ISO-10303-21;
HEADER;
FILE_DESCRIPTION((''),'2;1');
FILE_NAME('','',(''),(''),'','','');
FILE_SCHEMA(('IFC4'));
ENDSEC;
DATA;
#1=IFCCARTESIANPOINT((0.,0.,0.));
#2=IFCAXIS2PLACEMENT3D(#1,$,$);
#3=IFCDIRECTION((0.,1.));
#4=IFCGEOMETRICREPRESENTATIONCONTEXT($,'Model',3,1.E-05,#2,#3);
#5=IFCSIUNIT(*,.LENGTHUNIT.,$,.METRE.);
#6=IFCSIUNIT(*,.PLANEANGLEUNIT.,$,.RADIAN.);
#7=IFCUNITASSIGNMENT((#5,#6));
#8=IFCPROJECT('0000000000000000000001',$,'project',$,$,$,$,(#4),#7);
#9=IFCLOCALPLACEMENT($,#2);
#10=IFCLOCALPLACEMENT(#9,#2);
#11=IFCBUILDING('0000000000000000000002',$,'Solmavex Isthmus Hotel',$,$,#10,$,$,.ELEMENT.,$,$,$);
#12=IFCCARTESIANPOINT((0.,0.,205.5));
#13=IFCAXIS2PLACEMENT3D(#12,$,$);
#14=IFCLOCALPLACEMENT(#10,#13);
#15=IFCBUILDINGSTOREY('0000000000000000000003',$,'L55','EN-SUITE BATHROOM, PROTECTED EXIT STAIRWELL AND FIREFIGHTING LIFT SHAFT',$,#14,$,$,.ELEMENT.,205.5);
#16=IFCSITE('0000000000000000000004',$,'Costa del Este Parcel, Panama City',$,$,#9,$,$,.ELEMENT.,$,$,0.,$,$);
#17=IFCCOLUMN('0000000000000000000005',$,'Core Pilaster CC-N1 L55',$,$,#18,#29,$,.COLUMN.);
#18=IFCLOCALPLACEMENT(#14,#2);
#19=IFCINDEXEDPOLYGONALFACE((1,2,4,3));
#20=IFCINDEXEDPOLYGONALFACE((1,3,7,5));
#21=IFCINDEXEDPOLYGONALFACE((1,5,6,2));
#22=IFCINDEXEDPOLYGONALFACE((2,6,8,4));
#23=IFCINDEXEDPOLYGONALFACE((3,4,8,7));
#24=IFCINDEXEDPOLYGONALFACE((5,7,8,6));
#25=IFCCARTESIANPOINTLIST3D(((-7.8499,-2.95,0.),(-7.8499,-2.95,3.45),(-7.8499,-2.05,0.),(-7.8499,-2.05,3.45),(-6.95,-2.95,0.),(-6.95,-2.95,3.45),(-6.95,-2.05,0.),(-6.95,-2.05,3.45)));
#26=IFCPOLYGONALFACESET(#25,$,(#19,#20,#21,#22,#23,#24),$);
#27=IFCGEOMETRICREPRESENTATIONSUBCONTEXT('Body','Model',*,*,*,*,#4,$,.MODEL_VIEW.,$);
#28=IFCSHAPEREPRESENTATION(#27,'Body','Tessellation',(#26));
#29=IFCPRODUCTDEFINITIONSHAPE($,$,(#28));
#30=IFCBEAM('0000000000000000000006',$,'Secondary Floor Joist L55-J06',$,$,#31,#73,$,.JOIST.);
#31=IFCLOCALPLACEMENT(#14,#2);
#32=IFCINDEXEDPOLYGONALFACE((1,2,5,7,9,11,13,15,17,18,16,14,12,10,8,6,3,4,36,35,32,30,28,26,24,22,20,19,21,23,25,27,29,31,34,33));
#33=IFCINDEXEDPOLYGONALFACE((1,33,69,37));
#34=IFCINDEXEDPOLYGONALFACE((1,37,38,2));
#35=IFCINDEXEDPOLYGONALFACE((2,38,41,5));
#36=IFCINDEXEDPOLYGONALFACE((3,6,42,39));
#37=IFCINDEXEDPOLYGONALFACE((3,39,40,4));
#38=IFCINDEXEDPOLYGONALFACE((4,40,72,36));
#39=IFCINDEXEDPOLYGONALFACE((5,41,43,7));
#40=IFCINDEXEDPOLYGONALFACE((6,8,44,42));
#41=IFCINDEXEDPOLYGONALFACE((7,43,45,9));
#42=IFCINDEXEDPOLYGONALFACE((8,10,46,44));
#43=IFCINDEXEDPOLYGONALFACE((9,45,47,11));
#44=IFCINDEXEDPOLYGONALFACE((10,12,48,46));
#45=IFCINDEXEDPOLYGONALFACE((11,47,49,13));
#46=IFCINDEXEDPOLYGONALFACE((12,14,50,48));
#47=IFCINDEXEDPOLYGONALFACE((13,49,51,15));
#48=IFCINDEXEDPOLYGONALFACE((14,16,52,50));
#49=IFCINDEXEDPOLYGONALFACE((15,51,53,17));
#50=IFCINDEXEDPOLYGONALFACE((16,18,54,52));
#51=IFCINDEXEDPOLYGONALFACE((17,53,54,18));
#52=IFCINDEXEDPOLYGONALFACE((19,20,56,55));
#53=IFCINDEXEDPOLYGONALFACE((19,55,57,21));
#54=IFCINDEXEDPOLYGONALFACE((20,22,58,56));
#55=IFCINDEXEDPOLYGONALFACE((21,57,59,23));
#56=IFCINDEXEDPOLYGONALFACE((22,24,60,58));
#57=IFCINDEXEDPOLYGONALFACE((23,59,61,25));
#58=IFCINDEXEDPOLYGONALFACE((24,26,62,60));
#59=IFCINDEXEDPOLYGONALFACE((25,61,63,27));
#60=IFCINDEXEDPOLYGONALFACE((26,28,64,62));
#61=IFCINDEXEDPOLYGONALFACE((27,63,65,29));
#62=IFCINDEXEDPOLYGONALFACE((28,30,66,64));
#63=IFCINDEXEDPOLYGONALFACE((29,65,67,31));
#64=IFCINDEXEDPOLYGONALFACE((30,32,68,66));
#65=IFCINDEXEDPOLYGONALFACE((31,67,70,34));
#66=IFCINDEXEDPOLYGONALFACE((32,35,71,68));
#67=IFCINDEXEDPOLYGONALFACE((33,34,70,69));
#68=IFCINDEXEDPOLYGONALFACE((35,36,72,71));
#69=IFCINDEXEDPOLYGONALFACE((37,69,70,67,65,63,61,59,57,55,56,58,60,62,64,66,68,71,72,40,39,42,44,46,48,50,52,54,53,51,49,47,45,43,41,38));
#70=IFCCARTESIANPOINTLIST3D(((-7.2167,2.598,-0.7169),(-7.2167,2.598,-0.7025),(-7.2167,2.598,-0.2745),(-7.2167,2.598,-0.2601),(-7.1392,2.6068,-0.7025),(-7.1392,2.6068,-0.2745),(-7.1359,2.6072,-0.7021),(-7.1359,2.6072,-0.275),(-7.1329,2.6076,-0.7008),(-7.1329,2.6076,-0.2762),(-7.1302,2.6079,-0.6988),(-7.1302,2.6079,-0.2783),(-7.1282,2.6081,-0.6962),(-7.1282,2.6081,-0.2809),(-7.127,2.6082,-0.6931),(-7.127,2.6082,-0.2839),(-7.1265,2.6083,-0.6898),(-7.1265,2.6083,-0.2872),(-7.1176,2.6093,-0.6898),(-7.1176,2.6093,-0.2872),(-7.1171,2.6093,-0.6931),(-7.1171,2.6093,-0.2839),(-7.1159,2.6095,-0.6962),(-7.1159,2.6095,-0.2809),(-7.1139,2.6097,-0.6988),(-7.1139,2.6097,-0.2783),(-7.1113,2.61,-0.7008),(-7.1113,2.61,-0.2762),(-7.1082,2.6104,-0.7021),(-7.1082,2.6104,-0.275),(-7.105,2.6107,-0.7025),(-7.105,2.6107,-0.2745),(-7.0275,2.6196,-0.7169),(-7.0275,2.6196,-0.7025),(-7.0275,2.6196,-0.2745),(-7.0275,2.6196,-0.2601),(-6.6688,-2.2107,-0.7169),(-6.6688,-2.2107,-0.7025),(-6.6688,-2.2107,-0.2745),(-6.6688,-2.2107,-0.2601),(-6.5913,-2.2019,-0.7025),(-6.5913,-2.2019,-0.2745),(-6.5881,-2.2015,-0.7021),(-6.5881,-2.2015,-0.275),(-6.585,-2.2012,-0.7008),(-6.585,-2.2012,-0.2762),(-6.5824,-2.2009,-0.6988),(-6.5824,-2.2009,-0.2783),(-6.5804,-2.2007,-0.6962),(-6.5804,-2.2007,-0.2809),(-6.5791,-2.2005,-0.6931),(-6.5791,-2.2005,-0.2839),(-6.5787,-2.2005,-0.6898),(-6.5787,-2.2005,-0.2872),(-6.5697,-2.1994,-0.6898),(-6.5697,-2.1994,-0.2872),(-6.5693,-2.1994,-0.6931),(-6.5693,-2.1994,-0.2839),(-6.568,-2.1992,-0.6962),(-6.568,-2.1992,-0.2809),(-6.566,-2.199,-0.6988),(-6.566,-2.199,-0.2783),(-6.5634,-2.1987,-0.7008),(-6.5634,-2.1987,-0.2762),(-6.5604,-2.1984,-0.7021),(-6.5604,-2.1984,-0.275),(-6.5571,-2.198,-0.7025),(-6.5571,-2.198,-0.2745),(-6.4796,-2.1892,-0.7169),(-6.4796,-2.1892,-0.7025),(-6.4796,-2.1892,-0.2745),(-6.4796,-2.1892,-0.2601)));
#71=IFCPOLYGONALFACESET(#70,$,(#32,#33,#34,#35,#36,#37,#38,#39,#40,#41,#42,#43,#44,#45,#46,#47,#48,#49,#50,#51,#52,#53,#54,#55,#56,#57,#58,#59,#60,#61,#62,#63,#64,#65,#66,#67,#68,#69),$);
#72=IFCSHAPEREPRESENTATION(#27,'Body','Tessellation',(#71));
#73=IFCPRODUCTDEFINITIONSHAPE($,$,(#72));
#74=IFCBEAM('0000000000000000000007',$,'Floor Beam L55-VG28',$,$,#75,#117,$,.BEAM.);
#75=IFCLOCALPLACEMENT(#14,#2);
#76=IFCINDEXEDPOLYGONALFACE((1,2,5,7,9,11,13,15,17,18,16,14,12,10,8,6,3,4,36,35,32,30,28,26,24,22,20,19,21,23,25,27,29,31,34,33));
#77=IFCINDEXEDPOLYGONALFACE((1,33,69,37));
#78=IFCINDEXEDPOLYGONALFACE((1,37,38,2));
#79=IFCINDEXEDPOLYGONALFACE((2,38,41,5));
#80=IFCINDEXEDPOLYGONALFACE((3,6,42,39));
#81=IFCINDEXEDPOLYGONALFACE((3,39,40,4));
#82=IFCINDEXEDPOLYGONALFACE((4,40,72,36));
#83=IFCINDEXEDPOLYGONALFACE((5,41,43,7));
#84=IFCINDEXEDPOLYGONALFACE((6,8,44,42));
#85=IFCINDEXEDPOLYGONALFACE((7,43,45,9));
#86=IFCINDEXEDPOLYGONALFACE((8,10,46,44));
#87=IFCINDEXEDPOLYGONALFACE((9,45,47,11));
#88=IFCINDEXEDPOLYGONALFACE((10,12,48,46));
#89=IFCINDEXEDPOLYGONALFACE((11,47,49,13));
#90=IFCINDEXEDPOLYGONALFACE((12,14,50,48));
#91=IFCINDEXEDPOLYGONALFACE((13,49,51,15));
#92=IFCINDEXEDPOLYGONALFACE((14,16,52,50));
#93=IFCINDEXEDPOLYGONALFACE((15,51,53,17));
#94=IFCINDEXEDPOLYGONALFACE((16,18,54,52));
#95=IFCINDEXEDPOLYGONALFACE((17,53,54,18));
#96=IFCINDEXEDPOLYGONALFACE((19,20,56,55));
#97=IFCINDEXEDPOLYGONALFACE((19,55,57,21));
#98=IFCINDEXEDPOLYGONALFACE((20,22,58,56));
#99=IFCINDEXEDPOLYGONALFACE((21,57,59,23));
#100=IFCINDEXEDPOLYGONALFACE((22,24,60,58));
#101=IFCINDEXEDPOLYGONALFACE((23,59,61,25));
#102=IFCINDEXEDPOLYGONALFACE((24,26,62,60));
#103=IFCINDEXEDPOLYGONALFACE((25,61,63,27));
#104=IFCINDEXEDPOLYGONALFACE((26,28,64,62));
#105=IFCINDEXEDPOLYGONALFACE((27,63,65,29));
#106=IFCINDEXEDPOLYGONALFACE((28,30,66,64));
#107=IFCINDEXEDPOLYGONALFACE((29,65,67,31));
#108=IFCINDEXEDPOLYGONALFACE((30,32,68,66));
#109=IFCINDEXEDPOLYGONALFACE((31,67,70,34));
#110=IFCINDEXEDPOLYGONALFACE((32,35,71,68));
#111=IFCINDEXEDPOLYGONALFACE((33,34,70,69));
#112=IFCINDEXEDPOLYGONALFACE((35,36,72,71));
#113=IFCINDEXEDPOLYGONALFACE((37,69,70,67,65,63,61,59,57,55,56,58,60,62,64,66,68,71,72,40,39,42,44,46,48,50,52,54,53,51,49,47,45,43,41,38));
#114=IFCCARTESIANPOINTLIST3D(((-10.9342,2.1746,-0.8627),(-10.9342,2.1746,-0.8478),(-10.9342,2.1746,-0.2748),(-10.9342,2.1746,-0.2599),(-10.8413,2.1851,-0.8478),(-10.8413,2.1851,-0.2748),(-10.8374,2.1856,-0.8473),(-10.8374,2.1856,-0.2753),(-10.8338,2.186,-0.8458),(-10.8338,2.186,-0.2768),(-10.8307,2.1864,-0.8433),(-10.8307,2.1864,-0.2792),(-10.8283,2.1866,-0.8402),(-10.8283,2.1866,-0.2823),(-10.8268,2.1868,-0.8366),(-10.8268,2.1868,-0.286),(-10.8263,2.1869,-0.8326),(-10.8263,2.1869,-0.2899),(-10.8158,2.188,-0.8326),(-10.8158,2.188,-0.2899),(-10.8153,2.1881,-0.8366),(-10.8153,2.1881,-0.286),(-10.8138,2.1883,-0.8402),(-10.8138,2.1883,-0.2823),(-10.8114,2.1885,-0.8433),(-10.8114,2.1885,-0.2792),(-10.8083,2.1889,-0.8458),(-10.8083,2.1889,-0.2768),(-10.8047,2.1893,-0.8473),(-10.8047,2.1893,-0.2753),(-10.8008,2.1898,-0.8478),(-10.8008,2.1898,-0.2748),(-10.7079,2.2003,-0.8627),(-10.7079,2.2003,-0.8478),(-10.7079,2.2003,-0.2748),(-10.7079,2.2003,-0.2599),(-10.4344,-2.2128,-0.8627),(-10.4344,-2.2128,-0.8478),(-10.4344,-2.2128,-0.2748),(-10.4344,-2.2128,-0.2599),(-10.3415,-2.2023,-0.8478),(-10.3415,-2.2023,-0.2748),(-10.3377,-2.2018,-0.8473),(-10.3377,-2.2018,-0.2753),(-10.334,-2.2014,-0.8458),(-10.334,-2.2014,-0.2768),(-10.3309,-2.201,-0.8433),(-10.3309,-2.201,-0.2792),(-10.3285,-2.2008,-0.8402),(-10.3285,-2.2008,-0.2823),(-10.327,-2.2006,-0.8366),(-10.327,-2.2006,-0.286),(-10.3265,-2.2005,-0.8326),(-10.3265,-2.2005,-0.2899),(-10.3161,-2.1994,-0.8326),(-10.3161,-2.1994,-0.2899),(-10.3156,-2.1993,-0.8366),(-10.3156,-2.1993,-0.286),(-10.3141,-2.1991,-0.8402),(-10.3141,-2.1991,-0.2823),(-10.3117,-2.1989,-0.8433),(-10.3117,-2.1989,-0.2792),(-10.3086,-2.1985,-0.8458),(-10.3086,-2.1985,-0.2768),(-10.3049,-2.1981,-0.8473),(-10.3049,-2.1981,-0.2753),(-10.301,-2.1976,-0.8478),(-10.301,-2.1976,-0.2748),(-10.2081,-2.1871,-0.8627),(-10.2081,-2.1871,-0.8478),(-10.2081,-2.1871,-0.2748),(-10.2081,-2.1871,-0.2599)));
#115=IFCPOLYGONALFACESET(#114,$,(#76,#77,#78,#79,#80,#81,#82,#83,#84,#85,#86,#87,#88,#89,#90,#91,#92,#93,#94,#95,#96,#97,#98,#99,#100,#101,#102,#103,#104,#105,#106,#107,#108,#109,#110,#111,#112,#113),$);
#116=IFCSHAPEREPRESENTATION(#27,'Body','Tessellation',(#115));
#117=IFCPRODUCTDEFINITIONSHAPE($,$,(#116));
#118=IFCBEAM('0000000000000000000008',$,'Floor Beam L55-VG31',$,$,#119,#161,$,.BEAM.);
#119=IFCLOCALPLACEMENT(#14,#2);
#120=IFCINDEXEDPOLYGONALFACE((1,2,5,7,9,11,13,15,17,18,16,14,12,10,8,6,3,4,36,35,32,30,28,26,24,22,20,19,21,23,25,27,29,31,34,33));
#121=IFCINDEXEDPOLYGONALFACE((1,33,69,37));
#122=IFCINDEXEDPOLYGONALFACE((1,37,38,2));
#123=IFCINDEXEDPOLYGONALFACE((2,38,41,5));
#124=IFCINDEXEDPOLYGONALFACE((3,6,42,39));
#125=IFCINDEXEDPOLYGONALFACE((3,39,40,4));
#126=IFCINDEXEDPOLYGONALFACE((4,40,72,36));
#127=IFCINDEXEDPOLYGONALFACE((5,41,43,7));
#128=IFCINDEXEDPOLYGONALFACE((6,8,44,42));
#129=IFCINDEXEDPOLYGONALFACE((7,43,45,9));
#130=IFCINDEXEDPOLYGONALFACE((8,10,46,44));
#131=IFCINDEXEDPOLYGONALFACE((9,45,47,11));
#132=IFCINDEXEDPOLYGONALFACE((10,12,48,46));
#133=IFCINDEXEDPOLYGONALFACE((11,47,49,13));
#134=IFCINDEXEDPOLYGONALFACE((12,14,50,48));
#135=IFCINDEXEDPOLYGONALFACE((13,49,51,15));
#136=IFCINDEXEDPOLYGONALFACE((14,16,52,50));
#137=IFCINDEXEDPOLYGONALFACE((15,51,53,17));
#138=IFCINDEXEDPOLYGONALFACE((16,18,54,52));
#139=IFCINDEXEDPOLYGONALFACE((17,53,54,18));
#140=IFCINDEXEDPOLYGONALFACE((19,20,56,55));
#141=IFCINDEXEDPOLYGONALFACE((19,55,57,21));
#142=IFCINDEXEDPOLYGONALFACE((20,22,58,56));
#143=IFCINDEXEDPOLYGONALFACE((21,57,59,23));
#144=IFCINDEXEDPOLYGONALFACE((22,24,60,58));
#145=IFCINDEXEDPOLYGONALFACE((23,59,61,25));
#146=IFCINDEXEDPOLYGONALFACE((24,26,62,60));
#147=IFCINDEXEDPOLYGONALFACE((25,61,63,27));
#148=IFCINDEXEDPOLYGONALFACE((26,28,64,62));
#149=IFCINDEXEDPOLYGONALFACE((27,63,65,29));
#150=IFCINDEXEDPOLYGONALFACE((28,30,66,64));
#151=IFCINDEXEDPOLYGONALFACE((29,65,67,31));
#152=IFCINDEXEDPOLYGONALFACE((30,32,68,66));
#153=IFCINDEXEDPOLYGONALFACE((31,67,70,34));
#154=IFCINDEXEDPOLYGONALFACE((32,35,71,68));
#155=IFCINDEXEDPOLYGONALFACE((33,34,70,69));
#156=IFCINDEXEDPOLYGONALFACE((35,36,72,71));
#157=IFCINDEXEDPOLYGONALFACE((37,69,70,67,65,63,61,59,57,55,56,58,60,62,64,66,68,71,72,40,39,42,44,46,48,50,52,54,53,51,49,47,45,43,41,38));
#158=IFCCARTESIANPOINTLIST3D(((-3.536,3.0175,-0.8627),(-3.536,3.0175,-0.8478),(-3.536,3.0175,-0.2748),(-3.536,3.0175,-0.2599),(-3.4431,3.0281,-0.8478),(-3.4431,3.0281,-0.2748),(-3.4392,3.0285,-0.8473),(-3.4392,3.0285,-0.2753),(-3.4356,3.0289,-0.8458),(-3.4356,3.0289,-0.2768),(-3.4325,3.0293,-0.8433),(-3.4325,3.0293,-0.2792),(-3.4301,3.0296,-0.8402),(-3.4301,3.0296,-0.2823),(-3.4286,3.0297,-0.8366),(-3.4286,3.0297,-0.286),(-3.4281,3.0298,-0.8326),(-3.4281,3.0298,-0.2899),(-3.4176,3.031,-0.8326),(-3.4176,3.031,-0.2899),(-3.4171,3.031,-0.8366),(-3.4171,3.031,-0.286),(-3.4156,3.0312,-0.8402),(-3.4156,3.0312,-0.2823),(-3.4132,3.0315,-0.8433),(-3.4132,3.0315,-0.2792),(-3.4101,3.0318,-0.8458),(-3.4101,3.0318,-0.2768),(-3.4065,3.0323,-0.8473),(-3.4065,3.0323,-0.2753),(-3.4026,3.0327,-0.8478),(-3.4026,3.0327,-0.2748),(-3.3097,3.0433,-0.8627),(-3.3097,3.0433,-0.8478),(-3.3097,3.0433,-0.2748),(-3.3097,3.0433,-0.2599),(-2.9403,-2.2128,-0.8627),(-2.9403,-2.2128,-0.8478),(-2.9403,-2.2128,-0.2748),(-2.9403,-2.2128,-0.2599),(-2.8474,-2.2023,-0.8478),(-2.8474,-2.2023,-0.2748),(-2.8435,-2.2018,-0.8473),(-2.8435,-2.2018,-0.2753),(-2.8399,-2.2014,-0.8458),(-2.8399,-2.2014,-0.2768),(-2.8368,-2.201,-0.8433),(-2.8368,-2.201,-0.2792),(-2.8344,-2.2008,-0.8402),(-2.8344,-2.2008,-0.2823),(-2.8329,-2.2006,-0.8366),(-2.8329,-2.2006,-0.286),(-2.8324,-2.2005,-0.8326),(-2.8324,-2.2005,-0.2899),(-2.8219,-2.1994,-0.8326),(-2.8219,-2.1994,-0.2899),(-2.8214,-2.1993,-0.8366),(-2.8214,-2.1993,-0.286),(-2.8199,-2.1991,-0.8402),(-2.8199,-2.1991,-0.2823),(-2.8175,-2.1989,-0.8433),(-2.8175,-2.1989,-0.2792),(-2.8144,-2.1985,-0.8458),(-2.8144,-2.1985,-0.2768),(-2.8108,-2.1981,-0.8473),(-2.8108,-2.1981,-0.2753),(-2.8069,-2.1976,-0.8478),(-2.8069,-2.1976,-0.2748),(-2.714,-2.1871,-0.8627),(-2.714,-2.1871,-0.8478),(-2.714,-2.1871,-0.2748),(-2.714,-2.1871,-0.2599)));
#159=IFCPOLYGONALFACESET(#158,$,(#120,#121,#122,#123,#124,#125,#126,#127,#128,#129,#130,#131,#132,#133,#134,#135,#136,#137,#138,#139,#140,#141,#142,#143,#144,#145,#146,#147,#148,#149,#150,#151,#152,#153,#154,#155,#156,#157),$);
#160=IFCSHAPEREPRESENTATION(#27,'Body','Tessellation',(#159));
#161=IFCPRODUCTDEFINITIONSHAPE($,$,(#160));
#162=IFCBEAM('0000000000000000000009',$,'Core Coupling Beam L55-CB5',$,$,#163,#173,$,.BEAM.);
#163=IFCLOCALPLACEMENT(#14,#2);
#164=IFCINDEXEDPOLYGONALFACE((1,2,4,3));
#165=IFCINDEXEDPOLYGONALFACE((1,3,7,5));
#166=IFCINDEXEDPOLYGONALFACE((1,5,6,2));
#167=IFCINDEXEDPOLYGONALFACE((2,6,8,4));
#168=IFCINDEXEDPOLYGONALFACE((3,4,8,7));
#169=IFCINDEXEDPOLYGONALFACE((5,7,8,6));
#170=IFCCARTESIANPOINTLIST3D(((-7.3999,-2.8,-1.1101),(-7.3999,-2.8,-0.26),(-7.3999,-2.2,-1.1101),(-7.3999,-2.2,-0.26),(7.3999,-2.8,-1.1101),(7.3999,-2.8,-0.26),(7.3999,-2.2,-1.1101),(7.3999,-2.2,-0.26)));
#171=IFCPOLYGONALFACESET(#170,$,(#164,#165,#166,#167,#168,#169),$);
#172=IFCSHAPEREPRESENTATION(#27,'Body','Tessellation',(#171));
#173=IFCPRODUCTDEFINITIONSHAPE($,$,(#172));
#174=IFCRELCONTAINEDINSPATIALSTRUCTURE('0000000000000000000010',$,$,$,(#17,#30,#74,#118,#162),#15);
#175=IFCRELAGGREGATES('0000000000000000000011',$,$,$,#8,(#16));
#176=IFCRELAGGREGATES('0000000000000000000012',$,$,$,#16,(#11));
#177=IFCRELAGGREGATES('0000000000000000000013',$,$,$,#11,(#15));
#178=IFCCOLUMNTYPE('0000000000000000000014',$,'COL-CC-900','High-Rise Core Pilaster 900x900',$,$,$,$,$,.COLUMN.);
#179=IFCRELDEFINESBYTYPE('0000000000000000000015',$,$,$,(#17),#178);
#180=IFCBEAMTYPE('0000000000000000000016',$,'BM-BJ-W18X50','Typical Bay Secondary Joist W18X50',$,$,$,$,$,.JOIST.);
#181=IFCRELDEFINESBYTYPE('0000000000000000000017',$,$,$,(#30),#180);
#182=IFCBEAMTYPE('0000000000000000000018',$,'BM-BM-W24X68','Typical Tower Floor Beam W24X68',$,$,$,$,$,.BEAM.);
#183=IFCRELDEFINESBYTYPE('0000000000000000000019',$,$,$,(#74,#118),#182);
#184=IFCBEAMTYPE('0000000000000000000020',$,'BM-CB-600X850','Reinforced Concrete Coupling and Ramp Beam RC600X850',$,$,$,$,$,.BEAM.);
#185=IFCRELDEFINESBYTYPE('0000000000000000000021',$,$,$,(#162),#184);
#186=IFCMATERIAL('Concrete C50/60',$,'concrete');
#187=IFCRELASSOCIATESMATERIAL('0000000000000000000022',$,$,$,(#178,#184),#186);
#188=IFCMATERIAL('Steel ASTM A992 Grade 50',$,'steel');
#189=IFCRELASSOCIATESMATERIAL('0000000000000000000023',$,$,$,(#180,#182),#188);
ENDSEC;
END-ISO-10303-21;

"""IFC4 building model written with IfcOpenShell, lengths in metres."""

from ifc_helpers import new_model, si_unit, direction, frame, origin, origin_2d, place, context, subcontext, project, spatial, rectangle, i_section, extrude, material, material_profile, profile_set, type_object, element, save


model = new_model("IFC4")

# Units and contexts
model_context = context("Model", 3, precision=1e-05, world=origin(), true_north=direction((0.0, 1.0)))
body_context = subcontext(model_context, "Body", "Model", "MODEL_VIEW")
ifc_project = project(units=[si_unit("LENGTHUNIT", "METRE"), si_unit("PLANEANGLEUNIT", "RADIAN")], contexts=[model_context])

# Site, building, storey
site_placement = place(None, origin())
site = spatial("IfcSite", under=ifc_project, at=site_placement, Name="Costa del Este Parcel, Panama City", CompositionType="ELEMENT", RefElevation=0.0)
building_placement = place(site_placement, origin())
building = spatial("IfcBuilding", under=site, at=building_placement, Name="Solmavex Isthmus Hotel", CompositionType="ELEMENT")
storey_placement = place(building_placement, frame((0.0, 0.0, 205.5)))
storey = spatial("IfcBuildingStorey", under=building, at=storey_placement, Name="L55", Description="EN-SUITE BATHROOM, PROTECTED EXIT STAIRWELL AND FIREFIGHTING LIFT SHAFT", CompositionType="ELEMENT", Elevation=205.5)

# Column
ifc_material_1 = material(Name="Concrete C50/60", Category="concrete")
ifc_material_profile_1 = material_profile(ifc_material_1, rectangle(XDim=0.8999, YDim=0.8999, at=origin_2d()), Name="RC900X900")
ifc_profile_set_1 = profile_set([ifc_material_profile_1], Name="Concrete C50/60")
column_type = type_object("IfcColumnType", Name="COL-CC-900", Description="High-Rise Core Pilaster 900x900", PredefinedType="COLUMN", material=ifc_profile_set_1)
column_placement = place(storey_placement, frame((-7.3999, -2.5, 0.0), z_axis=(0.0, 0.0, 1.0), x_axis=(1.0, 0.0, 0.0)))
element("IfcColumn", 1, at=column_placement, inside=storey, type_object=column_type, Name="Core Pilaster CC-N1 L55", PredefinedType="COLUMN", context=body_context, shape_type="SweptSolid", body=[
    extrude(rectangle(XDim=0.8999, YDim=0.8999, at=origin_2d()), origin(), (0.0, 0.0, 1.0), 3.45),
])

# Beams
ifc_material_2 = material(Name="Steel ASTM A992 Grade 50", Category="steel")
ifc_material_profile_2 = material_profile(ifc_material_2, i_section(OverallWidth=0.1904, OverallDepth=0.4568, WebThickness=0.009, FlangeThickness=0.0144, FilletRadius=0.0127, at=origin_2d()), Name="W18X50")
ifc_profile_set_2 = profile_set([ifc_material_profile_2], Name="Steel ASTM A992 Grade 50")
beam_type_1 = type_object("IfcBeamType", Name="BM-BJ-W18X50", Description="Typical Bay Secondary Joist W18X50", PredefinedType="JOIST", material=ifc_profile_set_2)
beam_1_placement = place(storey_placement, frame((-6.5742, -2.2, -0.4885), z_axis=(-0.113194, 0.993573, 0.0), x_axis=(-0.993573, -0.113194, 0.0)))
element("IfcBeam", 2, at=beam_1_placement, inside=storey, type_object=beam_type_1, Name="Secondary Floor Joist L55-J06", PredefinedType="JOIST", context=body_context, shape_type="SweptSolid", body=[
    extrude(i_section(OverallWidth=0.1904, OverallDepth=0.4568, WebThickness=0.009, FlangeThickness=0.0144, FilletRadius=0.0127, at=origin_2d()), origin(), (0.0, 0.0, 1.0), 4.8398),
])
ifc_material_profile_3 = material_profile(ifc_material_2, i_section(OverallWidth=0.2278, OverallDepth=0.6028, WebThickness=0.0105, FlangeThickness=0.0149, FilletRadius=0.0151, at=origin_2d()), Name="W24X68")
ifc_profile_set_3 = profile_set([ifc_material_profile_3], Name="Steel ASTM A992 Grade 50")
beam_type_2 = type_object("IfcBeamType", Name="BM-BM-W24X68", Description="Typical Tower Floor Beam W24X68", PredefinedType="BEAM", material=ifc_profile_set_3)
beam_2_placement = place(storey_placement, frame((-10.3213, -2.2, -0.5613), z_axis=(-0.113174, 0.993575, 0.0), x_axis=(-0.993575, -0.113174, 0.0)))
element("IfcBeam", 3, at=beam_2_placement, inside=storey, type_object=beam_type_2, Name="Floor Beam L55-VG28", PredefinedType="BEAM", context=body_context, shape_type="SweptSolid", body=[
    extrude(i_section(OverallWidth=0.2278, OverallDepth=0.6028, WebThickness=0.0105, FlangeThickness=0.0149, FilletRadius=0.0151, at=origin_2d()), origin(), (0.0, 0.0, 1.0), 4.4158),
])
beam_3_placement = place(storey_placement, frame((-2.8271, -2.2, -0.5613), z_axis=(-0.113159, 0.993577, 0.0), x_axis=(-0.993577, -0.113159, 0.0)))
element("IfcBeam", 4, at=beam_3_placement, inside=storey, type_object=beam_type_2, Name="Floor Beam L55-VG31", PredefinedType="BEAM", context=body_context, shape_type="SweptSolid", body=[
    extrude(i_section(OverallWidth=0.2278, OverallDepth=0.6028, WebThickness=0.0105, FlangeThickness=0.0149, FilletRadius=0.0151, at=origin_2d()), origin(), (0.0, 0.0, 1.0), 5.2642),
])
ifc_material_profile_4 = material_profile(ifc_material_1, rectangle(XDim=0.6001, YDim=0.8501, at=origin_2d()), Name="RC600X850")
ifc_profile_set_4 = profile_set([ifc_material_profile_4], Name="Concrete C50/60")
beam_type_3 = type_object("IfcBeamType", Name="BM-CB-600X850", Description="Reinforced Concrete Coupling and Ramp Beam RC600X850", PredefinedType="BEAM", material=ifc_profile_set_4)
beam_4_placement = place(storey_placement, frame((-7.3999, -2.5, -0.6851), z_axis=(1.0, 0.0, 0.0), x_axis=(0.0, 1.0, 0.0)))
element("IfcBeam", 5, at=beam_4_placement, inside=storey, type_object=beam_type_3, Name="Core Coupling Beam L55-CB5", PredefinedType="BEAM", context=body_context, shape_type="SweptSolid", body=[
    extrude(rectangle(XDim=0.6001, YDim=0.8501, at=origin_2d()), origin(), (0.0, 0.0, 1.0), 14.7998),
])

save(model, "model.ifc")
